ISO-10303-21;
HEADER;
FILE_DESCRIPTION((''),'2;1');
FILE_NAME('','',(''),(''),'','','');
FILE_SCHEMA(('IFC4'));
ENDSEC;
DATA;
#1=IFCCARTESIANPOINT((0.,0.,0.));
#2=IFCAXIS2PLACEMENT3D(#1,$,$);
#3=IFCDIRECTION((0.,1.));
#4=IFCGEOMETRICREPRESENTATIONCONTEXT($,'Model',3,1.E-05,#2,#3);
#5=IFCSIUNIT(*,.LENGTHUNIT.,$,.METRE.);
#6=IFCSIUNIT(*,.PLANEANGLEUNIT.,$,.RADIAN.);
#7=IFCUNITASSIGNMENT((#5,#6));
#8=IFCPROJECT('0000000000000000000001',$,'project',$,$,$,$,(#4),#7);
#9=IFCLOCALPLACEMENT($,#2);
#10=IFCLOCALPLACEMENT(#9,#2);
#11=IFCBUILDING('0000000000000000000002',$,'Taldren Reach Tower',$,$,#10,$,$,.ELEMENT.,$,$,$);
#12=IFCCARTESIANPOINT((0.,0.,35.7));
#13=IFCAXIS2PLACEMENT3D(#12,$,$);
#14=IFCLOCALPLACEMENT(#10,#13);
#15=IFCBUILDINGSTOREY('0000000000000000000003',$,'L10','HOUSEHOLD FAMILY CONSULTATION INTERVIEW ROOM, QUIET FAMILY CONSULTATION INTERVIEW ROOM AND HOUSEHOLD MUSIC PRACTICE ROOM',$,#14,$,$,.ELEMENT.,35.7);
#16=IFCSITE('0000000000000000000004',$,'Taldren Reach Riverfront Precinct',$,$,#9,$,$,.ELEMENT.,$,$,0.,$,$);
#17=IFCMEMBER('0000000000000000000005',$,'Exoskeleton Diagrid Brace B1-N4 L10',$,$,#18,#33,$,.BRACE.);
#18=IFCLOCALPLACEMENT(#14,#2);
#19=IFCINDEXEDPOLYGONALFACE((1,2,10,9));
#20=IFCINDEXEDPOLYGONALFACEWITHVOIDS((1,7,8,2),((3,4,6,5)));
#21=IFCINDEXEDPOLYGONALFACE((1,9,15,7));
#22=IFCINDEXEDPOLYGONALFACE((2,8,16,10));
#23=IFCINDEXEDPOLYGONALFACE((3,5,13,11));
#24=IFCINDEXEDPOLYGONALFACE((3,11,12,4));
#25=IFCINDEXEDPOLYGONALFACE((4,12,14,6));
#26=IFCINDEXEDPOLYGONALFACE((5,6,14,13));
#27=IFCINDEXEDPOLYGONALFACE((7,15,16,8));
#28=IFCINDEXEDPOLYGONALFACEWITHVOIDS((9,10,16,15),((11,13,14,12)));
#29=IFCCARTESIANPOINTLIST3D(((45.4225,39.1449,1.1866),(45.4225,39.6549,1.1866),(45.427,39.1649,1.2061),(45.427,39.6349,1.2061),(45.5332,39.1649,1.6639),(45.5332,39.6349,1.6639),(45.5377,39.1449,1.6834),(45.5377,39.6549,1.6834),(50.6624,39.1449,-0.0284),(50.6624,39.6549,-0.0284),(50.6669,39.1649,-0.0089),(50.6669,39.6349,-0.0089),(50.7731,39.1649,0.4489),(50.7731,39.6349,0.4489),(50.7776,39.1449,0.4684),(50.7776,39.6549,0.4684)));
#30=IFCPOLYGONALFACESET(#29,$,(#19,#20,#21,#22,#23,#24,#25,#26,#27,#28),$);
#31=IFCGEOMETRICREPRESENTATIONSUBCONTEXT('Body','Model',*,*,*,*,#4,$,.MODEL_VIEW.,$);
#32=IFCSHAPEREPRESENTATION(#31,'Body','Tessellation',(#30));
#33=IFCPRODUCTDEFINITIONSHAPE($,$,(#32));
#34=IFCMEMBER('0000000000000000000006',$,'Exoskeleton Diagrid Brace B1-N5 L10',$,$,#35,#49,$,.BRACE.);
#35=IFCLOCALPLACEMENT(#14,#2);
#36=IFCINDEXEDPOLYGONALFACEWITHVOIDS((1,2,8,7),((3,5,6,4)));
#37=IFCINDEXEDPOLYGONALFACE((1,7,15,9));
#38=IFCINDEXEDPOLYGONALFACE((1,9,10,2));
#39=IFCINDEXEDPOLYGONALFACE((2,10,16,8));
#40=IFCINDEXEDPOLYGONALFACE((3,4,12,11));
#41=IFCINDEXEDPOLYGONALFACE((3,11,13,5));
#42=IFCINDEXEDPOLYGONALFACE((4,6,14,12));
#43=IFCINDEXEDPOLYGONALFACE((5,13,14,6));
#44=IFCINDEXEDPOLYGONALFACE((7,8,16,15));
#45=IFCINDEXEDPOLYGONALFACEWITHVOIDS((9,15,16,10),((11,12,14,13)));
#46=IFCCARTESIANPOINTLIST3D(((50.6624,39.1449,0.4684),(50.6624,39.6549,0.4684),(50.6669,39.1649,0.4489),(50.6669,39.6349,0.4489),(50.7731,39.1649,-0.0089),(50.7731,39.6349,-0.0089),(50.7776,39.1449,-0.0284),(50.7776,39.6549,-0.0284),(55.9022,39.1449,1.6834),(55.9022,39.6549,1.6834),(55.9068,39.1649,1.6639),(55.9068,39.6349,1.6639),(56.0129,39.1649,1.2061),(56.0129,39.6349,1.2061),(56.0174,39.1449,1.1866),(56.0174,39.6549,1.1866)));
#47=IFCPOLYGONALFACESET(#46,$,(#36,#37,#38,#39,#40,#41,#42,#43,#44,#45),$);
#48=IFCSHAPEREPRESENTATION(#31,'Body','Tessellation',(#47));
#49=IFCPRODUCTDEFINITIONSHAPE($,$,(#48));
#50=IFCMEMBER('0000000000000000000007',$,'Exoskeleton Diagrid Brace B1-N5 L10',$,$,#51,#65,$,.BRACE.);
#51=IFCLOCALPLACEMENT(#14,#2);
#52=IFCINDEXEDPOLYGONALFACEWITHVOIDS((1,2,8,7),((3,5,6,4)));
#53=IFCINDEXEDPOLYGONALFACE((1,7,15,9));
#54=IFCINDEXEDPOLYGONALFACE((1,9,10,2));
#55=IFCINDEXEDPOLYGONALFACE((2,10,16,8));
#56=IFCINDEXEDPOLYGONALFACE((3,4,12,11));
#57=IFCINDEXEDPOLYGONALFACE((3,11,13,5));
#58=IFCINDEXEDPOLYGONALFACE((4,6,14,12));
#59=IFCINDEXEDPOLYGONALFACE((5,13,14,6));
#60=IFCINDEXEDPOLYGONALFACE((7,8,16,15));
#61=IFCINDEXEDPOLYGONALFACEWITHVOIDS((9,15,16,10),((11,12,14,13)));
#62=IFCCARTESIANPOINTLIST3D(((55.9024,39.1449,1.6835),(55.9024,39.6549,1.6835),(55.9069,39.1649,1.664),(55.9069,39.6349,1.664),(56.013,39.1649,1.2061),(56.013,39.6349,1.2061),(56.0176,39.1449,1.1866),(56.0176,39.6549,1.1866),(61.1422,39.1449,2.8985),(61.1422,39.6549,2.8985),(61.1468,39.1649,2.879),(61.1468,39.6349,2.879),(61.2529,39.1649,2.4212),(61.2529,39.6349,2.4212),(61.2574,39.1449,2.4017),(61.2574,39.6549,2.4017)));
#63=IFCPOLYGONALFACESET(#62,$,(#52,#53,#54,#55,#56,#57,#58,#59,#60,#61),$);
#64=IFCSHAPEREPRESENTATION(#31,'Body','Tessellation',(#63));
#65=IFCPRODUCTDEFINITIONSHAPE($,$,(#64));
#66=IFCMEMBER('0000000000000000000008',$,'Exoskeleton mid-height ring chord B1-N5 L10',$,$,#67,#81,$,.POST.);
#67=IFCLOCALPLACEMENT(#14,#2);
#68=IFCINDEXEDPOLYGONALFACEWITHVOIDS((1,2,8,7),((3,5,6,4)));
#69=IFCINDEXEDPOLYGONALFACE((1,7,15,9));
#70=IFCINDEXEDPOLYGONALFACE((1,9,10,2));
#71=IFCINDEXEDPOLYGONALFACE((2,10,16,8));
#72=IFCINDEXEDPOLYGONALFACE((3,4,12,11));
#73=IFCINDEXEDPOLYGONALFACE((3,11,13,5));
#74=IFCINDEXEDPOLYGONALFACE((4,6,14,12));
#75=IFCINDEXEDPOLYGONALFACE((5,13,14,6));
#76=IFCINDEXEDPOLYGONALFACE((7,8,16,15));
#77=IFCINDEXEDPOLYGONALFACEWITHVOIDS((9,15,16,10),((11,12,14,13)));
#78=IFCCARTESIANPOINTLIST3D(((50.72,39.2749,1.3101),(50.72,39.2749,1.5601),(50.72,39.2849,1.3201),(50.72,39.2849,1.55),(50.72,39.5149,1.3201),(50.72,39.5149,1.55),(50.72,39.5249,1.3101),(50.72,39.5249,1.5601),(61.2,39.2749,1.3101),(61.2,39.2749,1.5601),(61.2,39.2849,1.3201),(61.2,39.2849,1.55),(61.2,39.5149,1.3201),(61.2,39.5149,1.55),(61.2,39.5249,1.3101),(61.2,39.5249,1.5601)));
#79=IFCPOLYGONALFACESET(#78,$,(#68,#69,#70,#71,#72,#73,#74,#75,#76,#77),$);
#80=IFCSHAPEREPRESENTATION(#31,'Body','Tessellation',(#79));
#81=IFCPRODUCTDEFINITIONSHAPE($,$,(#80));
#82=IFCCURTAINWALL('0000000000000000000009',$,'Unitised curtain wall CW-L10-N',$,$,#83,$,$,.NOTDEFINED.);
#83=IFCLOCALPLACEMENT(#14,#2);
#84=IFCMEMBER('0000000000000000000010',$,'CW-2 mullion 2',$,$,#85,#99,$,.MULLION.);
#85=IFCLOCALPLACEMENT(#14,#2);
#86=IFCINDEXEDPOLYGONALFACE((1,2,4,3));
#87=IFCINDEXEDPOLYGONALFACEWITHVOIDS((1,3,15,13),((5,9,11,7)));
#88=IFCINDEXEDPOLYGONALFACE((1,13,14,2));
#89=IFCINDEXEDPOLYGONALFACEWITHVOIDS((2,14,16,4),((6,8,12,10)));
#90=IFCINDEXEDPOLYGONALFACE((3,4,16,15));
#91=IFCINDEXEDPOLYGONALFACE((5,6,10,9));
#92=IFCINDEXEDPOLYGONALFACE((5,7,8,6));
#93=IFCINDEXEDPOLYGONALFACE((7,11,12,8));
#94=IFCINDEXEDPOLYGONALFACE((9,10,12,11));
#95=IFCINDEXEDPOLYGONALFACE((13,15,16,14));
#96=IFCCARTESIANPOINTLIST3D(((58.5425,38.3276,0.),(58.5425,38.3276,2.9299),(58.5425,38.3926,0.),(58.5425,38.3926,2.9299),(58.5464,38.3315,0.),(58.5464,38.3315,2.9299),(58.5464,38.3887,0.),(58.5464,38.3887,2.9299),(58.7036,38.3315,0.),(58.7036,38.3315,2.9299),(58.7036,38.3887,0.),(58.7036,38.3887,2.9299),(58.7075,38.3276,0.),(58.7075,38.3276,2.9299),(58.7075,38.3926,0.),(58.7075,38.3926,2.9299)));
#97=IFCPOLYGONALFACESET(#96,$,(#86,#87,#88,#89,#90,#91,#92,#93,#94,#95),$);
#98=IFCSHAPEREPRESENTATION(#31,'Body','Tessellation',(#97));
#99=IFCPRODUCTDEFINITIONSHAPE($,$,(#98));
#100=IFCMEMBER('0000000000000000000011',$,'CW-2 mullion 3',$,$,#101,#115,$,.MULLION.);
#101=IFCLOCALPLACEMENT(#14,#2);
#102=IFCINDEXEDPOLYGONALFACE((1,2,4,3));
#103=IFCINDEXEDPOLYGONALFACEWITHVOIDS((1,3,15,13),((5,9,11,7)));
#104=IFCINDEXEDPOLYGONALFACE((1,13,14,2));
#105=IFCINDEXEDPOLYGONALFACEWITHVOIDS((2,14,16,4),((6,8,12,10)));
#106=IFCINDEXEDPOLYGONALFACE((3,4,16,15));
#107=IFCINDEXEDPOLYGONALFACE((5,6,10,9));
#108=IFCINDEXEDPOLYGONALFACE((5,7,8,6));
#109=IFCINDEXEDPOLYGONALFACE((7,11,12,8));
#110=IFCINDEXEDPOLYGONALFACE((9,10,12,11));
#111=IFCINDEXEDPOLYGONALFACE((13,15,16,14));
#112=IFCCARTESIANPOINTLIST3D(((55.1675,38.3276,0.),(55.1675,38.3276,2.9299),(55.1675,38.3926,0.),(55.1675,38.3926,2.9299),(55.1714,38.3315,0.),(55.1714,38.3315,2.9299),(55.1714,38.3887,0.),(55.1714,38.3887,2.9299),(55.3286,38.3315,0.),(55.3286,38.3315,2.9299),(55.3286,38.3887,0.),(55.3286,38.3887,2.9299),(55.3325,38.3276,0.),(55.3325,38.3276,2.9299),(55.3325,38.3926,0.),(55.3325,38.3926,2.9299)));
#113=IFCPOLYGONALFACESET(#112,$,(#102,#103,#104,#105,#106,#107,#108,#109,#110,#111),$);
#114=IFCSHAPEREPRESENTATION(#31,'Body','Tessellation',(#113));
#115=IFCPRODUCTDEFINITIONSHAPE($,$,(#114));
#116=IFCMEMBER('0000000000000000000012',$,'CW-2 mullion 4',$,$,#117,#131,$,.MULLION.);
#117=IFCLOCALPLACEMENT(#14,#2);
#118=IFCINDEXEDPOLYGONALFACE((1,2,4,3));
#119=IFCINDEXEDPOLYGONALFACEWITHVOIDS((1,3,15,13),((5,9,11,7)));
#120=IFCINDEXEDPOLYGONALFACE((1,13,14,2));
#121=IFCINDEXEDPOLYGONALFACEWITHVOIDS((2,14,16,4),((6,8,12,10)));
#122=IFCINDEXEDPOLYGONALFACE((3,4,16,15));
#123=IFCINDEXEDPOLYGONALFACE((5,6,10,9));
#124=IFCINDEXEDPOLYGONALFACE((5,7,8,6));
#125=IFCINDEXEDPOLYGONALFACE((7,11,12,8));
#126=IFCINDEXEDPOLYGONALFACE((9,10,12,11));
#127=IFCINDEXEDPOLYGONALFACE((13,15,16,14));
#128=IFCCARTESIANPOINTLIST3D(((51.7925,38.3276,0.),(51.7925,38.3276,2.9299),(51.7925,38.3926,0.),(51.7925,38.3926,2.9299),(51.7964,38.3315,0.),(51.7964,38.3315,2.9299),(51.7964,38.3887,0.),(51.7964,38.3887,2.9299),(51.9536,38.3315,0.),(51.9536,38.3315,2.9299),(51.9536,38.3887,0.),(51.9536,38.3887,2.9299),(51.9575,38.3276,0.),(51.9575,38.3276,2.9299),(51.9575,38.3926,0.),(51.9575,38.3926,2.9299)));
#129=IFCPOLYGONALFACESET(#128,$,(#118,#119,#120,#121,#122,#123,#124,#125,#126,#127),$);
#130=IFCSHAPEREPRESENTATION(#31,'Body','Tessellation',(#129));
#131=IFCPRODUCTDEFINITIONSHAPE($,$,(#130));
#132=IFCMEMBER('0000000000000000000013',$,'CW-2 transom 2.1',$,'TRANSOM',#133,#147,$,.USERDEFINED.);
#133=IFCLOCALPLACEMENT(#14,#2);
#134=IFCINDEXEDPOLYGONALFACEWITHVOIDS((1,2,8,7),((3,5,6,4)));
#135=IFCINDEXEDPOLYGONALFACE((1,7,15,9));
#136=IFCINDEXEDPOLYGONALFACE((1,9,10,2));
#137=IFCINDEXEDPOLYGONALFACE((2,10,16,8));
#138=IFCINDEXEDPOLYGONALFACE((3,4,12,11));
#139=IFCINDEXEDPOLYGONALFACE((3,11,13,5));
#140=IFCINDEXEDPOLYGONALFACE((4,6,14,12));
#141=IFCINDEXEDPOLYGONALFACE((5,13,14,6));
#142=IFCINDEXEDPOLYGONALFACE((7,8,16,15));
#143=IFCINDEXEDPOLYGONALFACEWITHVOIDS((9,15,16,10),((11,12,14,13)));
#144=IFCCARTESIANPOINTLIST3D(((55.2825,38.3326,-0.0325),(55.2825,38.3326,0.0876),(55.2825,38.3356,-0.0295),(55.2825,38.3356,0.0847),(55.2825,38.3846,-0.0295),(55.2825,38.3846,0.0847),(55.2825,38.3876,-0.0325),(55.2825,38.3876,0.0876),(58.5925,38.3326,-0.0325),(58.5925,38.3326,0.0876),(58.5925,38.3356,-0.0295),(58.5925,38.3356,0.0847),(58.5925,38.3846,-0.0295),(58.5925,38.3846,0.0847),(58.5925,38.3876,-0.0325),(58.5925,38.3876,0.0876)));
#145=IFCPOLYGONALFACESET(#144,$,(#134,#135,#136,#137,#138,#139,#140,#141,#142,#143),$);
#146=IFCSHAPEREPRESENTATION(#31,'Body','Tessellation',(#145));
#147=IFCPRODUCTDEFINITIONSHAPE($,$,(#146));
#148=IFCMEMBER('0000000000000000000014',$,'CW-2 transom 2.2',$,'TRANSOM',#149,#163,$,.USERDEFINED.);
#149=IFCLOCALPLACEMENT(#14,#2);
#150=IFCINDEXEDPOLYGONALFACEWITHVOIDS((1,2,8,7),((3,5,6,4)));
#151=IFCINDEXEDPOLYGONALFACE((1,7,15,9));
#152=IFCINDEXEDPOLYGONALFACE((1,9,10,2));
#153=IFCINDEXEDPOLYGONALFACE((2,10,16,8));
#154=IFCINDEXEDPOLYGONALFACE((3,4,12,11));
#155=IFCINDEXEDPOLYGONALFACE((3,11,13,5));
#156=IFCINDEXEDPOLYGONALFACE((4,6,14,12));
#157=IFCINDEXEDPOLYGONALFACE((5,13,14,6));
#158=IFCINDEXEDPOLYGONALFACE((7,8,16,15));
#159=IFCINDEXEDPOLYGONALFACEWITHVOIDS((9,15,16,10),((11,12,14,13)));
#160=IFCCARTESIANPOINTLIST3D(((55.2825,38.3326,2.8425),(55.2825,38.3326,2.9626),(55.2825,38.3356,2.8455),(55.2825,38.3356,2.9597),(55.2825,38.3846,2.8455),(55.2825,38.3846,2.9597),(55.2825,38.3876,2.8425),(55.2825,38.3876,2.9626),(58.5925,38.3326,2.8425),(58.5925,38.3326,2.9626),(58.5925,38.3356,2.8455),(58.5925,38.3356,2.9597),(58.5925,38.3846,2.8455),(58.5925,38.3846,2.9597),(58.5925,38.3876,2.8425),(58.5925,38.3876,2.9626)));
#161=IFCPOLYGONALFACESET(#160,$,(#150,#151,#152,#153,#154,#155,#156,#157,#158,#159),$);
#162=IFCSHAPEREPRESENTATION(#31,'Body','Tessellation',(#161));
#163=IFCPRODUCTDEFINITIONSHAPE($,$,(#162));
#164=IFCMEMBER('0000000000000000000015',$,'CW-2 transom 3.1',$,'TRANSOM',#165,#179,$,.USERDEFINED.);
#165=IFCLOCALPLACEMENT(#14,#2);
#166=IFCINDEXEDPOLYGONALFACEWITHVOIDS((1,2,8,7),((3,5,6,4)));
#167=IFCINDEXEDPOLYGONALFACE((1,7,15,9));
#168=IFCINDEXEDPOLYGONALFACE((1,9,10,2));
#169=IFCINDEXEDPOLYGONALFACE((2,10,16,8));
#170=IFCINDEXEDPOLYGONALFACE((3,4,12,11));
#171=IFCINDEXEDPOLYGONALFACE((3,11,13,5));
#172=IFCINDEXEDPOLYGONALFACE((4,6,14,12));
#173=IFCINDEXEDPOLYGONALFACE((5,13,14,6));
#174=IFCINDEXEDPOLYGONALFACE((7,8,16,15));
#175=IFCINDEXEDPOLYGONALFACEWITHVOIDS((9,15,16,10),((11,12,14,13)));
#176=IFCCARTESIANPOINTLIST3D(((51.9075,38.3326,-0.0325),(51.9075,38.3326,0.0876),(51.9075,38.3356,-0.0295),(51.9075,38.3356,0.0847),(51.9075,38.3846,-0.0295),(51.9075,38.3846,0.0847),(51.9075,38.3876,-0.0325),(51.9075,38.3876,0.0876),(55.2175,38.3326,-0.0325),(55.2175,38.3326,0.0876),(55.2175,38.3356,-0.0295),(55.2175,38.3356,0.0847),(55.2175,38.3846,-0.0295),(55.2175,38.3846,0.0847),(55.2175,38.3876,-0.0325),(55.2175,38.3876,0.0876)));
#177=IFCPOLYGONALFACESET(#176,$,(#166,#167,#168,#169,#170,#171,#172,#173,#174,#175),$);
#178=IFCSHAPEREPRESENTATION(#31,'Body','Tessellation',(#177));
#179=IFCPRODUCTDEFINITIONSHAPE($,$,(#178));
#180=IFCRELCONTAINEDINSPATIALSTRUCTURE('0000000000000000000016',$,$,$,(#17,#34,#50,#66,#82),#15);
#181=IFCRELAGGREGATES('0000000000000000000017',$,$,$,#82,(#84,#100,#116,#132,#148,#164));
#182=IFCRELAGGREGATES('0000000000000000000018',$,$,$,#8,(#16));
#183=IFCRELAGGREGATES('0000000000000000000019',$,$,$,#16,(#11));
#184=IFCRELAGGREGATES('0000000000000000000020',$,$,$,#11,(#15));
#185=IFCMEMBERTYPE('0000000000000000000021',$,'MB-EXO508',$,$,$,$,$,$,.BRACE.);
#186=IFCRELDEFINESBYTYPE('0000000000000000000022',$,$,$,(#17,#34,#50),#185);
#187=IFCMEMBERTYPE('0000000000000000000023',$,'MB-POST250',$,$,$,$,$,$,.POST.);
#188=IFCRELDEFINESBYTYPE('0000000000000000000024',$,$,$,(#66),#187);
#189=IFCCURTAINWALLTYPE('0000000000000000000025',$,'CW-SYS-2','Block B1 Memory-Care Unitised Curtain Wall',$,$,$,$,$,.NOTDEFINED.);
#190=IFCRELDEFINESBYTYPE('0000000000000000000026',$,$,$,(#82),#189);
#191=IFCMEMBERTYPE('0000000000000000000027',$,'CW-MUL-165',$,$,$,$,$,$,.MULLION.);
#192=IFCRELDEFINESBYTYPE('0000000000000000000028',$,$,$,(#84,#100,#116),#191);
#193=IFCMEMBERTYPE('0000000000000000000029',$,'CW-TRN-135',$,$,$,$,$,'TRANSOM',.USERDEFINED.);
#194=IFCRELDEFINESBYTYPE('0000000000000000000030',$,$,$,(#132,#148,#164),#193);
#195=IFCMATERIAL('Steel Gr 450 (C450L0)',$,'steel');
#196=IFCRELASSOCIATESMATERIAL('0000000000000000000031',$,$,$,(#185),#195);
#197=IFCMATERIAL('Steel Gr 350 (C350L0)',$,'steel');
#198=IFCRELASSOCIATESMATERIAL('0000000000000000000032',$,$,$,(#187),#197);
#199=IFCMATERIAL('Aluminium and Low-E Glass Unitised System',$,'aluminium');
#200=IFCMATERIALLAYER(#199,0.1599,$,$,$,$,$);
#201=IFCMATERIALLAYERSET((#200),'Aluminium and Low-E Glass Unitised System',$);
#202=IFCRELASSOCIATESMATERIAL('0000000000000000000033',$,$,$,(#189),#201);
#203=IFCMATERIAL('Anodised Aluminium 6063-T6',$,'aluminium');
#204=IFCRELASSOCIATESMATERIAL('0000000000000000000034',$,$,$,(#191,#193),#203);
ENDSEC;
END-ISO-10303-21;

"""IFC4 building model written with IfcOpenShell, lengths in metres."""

from ifc_helpers import new_model, si_unit, direction, frame, origin, origin_2d, place, context, subcontext, project, spatial, hollow_rectangle, extrude, source, transform, mapped, material, layer, layer_set, material_profile, profile_set, type_object, element, aggregate, save


model = new_model("IFC4")

# Units and contexts
model_context = context("Model", 3, precision=1e-05, world=origin(), true_north=direction((0.0, 1.0)))
body_context = subcontext(model_context, "Body", "Model", "MODEL_VIEW")
ifc_project = project(units=[si_unit("LENGTHUNIT", "METRE"), si_unit("PLANEANGLEUNIT", "RADIAN")], contexts=[model_context])

# Site, building, storey
site_placement = place(None, origin())
site = spatial("IfcSite", under=ifc_project, at=site_placement, Name="Taldren Reach Riverfront Precinct", CompositionType="ELEMENT", RefElevation=0.0)
building_placement = place(site_placement, origin())
building = spatial("IfcBuilding", under=site, at=building_placement, Name="Taldren Reach Tower", CompositionType="ELEMENT")
storey_placement = place(building_placement, frame((0.0, 0.0, 35.7)))
storey = spatial("IfcBuildingStorey", under=building, at=storey_placement, Name="L10", Description="HOUSEHOLD FAMILY CONSULTATION INTERVIEW ROOM, QUIET FAMILY CONSULTATION INTERVIEW ROOM AND HOUSEHOLD MUSIC PRACTICE ROOM", CompositionType="ELEMENT", Elevation=35.7)

# Members
ifc_material_1 = material(Name="Steel Gr 450 (C450L0)", Category="steel")
ifc_material_profile_1 = material_profile(ifc_material_1, hollow_rectangle(XDim=0.51, YDim=0.51, WallThickness=0.02, at=origin_2d()), Name="510x510x20.0SHS")
ifc_profile_set_1 = profile_set([ifc_material_profile_1], Name="Steel Gr 450 (C450L0)")
member_type_1 = type_object("IfcMemberType", Name="MB-EXO508", PredefinedType="BRACE", material=ifc_profile_set_1)
shared_shape_1 = source(origin(), body_context, "Body", "SweptSolid", [
    extrude(hollow_rectangle(XDim=0.51, YDim=0.51, WallThickness=0.02, at=origin_2d()), origin(), (0.0, 0.0, 1.0), 5.3789),
])
for number, where, z_axis, x_axis, name in (
    (1, (50.72, 39.3999, 0.22), (-0.974152, 0.0, 0.225894), (0.0, -1.0, 0.0), "Exoskeleton Diagrid Brace B1-N4 L10"),
    (2, (50.72, 39.3999, 0.22), (0.974152, 0.0, 0.225894), (0.0, 1.0, 0.0), "Exoskeleton Diagrid Brace B1-N5 L10"),
    (3, (55.96, 39.3999, 1.4351), (0.974152, 0.0, 0.225894), (0.0, 1.0, 0.0), "Exoskeleton Diagrid Brace B1-N5 L10"),
):
    element("IfcMember", number, at=place(storey_placement, frame(where, z_axis=z_axis, x_axis=x_axis)), inside=storey, type_object=member_type_1, Name=name, PredefinedType="BRACE", context=body_context, shape_type="MappedRepresentation", body=[
        mapped(shared_shape_1, transform((0.0, 0.0, 0.0), scale=1.0)),
    ])
ifc_material_2 = material(Name="Steel Gr 350 (C350L0)", Category="steel")
ifc_material_profile_2 = material_profile(ifc_material_2, hollow_rectangle(XDim=0.25, YDim=0.25, WallThickness=0.01, at=origin_2d()), Name="250x250x10.0SHS")
ifc_profile_set_2 = profile_set([ifc_material_profile_2], Name="Steel Gr 350 (C350L0)")
member_type_2 = type_object("IfcMemberType", Name="MB-POST250", PredefinedType="POST", material=ifc_profile_set_2)
shared_shape_2 = source(origin(), body_context, "Body", "SweptSolid", [
    extrude(hollow_rectangle(XDim=0.25, YDim=0.25, WallThickness=0.01, at=origin_2d()), origin(), (0.0, 0.0, 1.0), 10.48),
])
member_1_placement = place(storey_placement, frame((50.72, 39.3999, 1.4351), z_axis=(1.0, 0.0, 0.0), x_axis=(0.0, 1.0, 0.0)))
element("IfcMember", 4, at=member_1_placement, inside=storey, type_object=member_type_2, Name="Exoskeleton mid-height ring chord B1-N5 L10", PredefinedType="POST", context=body_context, shape_type="MappedRepresentation", body=[
    mapped(shared_shape_2, transform((0.0, 0.0, 0.0), scale=1.0)),
])

# Curtain wall, members
ifc_material_3 = material(Name="Aluminium and Low-E Glass Unitised System", Category="aluminium")
ifc_layer_1 = layer(ifc_material_3, 0.1599)
ifc_layer_set_1 = layer_set([ifc_layer_1], Name="Aluminium and Low-E Glass Unitised System")
curtain_wall_type = type_object("IfcCurtainWallType", Name="CW-SYS-2", Description="Block B1 Memory-Care Unitised Curtain Wall", PredefinedType="NOTDEFINED", material=ifc_layer_set_1)
curtain_wall_placement = place(storey_placement, origin())
curtain_wall = element("IfcCurtainWall", 5, at=curtain_wall_placement, inside=storey, type_object=curtain_wall_type, Name="Unitised curtain wall CW-L10-N", PredefinedType="NOTDEFINED")
ifc_material_4 = material(Name="Anodised Aluminium 6063-T6", Category="aluminium")
ifc_material_profile_3 = material_profile(ifc_material_4, hollow_rectangle(XDim=0.0649, YDim=0.165, WallThickness=0.0039, at=origin_2d()), Name="ALU-165x65x4RHS")
ifc_profile_set_3 = profile_set([ifc_material_profile_3], Name="Anodised Aluminium 6063-T6")
member_type_3 = type_object("IfcMemberType", Name="CW-MUL-165", PredefinedType="MULLION", material=ifc_profile_set_3)
shared_shape_3 = source(origin(), body_context, "Body", "SweptSolid", [
    extrude(hollow_rectangle(XDim=0.0649, YDim=0.165, WallThickness=0.0039, at=origin_2d()), origin(), (0.0, 0.0, 1.0), 2.9299),
])
member_2_placement = place(storey_placement, frame((58.625, 38.3601, 0.0), z_axis=(0.0, 0.0, 1.0), x_axis=(0.0, -1.0, 0.0)))
member_2 = element("IfcMember", 6, at=member_2_placement, type_object=member_type_3, Name="CW-2 mullion 2", PredefinedType="MULLION", context=body_context, shape_type="MappedRepresentation", body=[
    mapped(shared_shape_3, transform((0.0, 0.0, 0.0), scale=1.0)),
])
member_3_placement = place(storey_placement, frame((55.25, 38.3601, 0.0), z_axis=(0.0, 0.0, 1.0), x_axis=(0.0, -1.0, 0.0)))
member_3 = element("IfcMember", 7, at=member_3_placement, type_object=member_type_3, Name="CW-2 mullion 3", PredefinedType="MULLION", context=body_context, shape_type="MappedRepresentation", body=[
    mapped(shared_shape_3, transform((0.0, 0.0, 0.0), scale=1.0)),
])
member_4_placement = place(storey_placement, frame((51.875, 38.3601, 0.0), z_axis=(0.0, 0.0, 1.0), x_axis=(0.0, -1.0, 0.0)))
member_4 = element("IfcMember", 8, at=member_4_placement, type_object=member_type_3, Name="CW-2 mullion 4", PredefinedType="MULLION", context=body_context, shape_type="MappedRepresentation", body=[
    mapped(shared_shape_3, transform((0.0, 0.0, 0.0), scale=1.0)),
])
ifc_material_profile_4 = material_profile(ifc_material_4, hollow_rectangle(XDim=0.0549, YDim=0.1201, WallThickness=0.0029, at=origin_2d()), Name="ALU-120x55x3RHS")
ifc_profile_set_4 = profile_set([ifc_material_profile_4], Name="Anodised Aluminium 6063-T6")
member_type_4 = type_object("IfcMemberType", Name="CW-TRN-135", ElementType="TRANSOM", PredefinedType="USERDEFINED", material=ifc_profile_set_4)
shared_shape_4 = source(origin(), body_context, "Body", "SweptSolid", [
    extrude(hollow_rectangle(XDim=0.0549, YDim=0.1201, WallThickness=0.0029, at=origin_2d()), origin(), (0.0, 0.0, 1.0), 3.3101),
])
member_5_placement = place(storey_placement, frame((58.5925, 38.3601, 0.0276), z_axis=(-1.0, 0.0, 0.0), x_axis=(0.0, -1.0, 0.0)))
member_5 = element("IfcMember", 9, at=member_5_placement, type_object=member_type_4, Name="CW-2 transom 2.1", ObjectType="TRANSOM", PredefinedType="USERDEFINED", context=body_context, shape_type="MappedRepresentation", body=[
    mapped(shared_shape_4, transform((0.0, 0.0, 0.0), scale=1.0)),
])
member_6_placement = place(storey_placement, frame((58.5925, 38.3601, 2.9026), z_axis=(-1.0, 0.0, 0.0), x_axis=(0.0, -1.0, 0.0)))
member_6 = element("IfcMember", 10, at=member_6_placement, type_object=member_type_4, Name="CW-2 transom 2.2", ObjectType="TRANSOM", PredefinedType="USERDEFINED", context=body_context, shape_type="MappedRepresentation", body=[
    mapped(shared_shape_4, transform((0.0, 0.0, 0.0), scale=1.0)),
])
member_7_placement = place(storey_placement, frame((55.2175, 38.3601, 0.0276), z_axis=(-1.0, 0.0, 0.0), x_axis=(0.0, -1.0, 0.0)))
member_7 = element("IfcMember", 11, at=member_7_placement, type_object=member_type_4, Name="CW-2 transom 3.1", ObjectType="TRANSOM", PredefinedType="USERDEFINED", context=body_context, shape_type="MappedRepresentation", body=[
    mapped(shared_shape_4, transform((0.0, 0.0, 0.0), scale=1.0)),
])

aggregate(curtain_wall, [member_2, member_3, member_4, member_5, member_6, member_7])

save(model, "model.ifc")
